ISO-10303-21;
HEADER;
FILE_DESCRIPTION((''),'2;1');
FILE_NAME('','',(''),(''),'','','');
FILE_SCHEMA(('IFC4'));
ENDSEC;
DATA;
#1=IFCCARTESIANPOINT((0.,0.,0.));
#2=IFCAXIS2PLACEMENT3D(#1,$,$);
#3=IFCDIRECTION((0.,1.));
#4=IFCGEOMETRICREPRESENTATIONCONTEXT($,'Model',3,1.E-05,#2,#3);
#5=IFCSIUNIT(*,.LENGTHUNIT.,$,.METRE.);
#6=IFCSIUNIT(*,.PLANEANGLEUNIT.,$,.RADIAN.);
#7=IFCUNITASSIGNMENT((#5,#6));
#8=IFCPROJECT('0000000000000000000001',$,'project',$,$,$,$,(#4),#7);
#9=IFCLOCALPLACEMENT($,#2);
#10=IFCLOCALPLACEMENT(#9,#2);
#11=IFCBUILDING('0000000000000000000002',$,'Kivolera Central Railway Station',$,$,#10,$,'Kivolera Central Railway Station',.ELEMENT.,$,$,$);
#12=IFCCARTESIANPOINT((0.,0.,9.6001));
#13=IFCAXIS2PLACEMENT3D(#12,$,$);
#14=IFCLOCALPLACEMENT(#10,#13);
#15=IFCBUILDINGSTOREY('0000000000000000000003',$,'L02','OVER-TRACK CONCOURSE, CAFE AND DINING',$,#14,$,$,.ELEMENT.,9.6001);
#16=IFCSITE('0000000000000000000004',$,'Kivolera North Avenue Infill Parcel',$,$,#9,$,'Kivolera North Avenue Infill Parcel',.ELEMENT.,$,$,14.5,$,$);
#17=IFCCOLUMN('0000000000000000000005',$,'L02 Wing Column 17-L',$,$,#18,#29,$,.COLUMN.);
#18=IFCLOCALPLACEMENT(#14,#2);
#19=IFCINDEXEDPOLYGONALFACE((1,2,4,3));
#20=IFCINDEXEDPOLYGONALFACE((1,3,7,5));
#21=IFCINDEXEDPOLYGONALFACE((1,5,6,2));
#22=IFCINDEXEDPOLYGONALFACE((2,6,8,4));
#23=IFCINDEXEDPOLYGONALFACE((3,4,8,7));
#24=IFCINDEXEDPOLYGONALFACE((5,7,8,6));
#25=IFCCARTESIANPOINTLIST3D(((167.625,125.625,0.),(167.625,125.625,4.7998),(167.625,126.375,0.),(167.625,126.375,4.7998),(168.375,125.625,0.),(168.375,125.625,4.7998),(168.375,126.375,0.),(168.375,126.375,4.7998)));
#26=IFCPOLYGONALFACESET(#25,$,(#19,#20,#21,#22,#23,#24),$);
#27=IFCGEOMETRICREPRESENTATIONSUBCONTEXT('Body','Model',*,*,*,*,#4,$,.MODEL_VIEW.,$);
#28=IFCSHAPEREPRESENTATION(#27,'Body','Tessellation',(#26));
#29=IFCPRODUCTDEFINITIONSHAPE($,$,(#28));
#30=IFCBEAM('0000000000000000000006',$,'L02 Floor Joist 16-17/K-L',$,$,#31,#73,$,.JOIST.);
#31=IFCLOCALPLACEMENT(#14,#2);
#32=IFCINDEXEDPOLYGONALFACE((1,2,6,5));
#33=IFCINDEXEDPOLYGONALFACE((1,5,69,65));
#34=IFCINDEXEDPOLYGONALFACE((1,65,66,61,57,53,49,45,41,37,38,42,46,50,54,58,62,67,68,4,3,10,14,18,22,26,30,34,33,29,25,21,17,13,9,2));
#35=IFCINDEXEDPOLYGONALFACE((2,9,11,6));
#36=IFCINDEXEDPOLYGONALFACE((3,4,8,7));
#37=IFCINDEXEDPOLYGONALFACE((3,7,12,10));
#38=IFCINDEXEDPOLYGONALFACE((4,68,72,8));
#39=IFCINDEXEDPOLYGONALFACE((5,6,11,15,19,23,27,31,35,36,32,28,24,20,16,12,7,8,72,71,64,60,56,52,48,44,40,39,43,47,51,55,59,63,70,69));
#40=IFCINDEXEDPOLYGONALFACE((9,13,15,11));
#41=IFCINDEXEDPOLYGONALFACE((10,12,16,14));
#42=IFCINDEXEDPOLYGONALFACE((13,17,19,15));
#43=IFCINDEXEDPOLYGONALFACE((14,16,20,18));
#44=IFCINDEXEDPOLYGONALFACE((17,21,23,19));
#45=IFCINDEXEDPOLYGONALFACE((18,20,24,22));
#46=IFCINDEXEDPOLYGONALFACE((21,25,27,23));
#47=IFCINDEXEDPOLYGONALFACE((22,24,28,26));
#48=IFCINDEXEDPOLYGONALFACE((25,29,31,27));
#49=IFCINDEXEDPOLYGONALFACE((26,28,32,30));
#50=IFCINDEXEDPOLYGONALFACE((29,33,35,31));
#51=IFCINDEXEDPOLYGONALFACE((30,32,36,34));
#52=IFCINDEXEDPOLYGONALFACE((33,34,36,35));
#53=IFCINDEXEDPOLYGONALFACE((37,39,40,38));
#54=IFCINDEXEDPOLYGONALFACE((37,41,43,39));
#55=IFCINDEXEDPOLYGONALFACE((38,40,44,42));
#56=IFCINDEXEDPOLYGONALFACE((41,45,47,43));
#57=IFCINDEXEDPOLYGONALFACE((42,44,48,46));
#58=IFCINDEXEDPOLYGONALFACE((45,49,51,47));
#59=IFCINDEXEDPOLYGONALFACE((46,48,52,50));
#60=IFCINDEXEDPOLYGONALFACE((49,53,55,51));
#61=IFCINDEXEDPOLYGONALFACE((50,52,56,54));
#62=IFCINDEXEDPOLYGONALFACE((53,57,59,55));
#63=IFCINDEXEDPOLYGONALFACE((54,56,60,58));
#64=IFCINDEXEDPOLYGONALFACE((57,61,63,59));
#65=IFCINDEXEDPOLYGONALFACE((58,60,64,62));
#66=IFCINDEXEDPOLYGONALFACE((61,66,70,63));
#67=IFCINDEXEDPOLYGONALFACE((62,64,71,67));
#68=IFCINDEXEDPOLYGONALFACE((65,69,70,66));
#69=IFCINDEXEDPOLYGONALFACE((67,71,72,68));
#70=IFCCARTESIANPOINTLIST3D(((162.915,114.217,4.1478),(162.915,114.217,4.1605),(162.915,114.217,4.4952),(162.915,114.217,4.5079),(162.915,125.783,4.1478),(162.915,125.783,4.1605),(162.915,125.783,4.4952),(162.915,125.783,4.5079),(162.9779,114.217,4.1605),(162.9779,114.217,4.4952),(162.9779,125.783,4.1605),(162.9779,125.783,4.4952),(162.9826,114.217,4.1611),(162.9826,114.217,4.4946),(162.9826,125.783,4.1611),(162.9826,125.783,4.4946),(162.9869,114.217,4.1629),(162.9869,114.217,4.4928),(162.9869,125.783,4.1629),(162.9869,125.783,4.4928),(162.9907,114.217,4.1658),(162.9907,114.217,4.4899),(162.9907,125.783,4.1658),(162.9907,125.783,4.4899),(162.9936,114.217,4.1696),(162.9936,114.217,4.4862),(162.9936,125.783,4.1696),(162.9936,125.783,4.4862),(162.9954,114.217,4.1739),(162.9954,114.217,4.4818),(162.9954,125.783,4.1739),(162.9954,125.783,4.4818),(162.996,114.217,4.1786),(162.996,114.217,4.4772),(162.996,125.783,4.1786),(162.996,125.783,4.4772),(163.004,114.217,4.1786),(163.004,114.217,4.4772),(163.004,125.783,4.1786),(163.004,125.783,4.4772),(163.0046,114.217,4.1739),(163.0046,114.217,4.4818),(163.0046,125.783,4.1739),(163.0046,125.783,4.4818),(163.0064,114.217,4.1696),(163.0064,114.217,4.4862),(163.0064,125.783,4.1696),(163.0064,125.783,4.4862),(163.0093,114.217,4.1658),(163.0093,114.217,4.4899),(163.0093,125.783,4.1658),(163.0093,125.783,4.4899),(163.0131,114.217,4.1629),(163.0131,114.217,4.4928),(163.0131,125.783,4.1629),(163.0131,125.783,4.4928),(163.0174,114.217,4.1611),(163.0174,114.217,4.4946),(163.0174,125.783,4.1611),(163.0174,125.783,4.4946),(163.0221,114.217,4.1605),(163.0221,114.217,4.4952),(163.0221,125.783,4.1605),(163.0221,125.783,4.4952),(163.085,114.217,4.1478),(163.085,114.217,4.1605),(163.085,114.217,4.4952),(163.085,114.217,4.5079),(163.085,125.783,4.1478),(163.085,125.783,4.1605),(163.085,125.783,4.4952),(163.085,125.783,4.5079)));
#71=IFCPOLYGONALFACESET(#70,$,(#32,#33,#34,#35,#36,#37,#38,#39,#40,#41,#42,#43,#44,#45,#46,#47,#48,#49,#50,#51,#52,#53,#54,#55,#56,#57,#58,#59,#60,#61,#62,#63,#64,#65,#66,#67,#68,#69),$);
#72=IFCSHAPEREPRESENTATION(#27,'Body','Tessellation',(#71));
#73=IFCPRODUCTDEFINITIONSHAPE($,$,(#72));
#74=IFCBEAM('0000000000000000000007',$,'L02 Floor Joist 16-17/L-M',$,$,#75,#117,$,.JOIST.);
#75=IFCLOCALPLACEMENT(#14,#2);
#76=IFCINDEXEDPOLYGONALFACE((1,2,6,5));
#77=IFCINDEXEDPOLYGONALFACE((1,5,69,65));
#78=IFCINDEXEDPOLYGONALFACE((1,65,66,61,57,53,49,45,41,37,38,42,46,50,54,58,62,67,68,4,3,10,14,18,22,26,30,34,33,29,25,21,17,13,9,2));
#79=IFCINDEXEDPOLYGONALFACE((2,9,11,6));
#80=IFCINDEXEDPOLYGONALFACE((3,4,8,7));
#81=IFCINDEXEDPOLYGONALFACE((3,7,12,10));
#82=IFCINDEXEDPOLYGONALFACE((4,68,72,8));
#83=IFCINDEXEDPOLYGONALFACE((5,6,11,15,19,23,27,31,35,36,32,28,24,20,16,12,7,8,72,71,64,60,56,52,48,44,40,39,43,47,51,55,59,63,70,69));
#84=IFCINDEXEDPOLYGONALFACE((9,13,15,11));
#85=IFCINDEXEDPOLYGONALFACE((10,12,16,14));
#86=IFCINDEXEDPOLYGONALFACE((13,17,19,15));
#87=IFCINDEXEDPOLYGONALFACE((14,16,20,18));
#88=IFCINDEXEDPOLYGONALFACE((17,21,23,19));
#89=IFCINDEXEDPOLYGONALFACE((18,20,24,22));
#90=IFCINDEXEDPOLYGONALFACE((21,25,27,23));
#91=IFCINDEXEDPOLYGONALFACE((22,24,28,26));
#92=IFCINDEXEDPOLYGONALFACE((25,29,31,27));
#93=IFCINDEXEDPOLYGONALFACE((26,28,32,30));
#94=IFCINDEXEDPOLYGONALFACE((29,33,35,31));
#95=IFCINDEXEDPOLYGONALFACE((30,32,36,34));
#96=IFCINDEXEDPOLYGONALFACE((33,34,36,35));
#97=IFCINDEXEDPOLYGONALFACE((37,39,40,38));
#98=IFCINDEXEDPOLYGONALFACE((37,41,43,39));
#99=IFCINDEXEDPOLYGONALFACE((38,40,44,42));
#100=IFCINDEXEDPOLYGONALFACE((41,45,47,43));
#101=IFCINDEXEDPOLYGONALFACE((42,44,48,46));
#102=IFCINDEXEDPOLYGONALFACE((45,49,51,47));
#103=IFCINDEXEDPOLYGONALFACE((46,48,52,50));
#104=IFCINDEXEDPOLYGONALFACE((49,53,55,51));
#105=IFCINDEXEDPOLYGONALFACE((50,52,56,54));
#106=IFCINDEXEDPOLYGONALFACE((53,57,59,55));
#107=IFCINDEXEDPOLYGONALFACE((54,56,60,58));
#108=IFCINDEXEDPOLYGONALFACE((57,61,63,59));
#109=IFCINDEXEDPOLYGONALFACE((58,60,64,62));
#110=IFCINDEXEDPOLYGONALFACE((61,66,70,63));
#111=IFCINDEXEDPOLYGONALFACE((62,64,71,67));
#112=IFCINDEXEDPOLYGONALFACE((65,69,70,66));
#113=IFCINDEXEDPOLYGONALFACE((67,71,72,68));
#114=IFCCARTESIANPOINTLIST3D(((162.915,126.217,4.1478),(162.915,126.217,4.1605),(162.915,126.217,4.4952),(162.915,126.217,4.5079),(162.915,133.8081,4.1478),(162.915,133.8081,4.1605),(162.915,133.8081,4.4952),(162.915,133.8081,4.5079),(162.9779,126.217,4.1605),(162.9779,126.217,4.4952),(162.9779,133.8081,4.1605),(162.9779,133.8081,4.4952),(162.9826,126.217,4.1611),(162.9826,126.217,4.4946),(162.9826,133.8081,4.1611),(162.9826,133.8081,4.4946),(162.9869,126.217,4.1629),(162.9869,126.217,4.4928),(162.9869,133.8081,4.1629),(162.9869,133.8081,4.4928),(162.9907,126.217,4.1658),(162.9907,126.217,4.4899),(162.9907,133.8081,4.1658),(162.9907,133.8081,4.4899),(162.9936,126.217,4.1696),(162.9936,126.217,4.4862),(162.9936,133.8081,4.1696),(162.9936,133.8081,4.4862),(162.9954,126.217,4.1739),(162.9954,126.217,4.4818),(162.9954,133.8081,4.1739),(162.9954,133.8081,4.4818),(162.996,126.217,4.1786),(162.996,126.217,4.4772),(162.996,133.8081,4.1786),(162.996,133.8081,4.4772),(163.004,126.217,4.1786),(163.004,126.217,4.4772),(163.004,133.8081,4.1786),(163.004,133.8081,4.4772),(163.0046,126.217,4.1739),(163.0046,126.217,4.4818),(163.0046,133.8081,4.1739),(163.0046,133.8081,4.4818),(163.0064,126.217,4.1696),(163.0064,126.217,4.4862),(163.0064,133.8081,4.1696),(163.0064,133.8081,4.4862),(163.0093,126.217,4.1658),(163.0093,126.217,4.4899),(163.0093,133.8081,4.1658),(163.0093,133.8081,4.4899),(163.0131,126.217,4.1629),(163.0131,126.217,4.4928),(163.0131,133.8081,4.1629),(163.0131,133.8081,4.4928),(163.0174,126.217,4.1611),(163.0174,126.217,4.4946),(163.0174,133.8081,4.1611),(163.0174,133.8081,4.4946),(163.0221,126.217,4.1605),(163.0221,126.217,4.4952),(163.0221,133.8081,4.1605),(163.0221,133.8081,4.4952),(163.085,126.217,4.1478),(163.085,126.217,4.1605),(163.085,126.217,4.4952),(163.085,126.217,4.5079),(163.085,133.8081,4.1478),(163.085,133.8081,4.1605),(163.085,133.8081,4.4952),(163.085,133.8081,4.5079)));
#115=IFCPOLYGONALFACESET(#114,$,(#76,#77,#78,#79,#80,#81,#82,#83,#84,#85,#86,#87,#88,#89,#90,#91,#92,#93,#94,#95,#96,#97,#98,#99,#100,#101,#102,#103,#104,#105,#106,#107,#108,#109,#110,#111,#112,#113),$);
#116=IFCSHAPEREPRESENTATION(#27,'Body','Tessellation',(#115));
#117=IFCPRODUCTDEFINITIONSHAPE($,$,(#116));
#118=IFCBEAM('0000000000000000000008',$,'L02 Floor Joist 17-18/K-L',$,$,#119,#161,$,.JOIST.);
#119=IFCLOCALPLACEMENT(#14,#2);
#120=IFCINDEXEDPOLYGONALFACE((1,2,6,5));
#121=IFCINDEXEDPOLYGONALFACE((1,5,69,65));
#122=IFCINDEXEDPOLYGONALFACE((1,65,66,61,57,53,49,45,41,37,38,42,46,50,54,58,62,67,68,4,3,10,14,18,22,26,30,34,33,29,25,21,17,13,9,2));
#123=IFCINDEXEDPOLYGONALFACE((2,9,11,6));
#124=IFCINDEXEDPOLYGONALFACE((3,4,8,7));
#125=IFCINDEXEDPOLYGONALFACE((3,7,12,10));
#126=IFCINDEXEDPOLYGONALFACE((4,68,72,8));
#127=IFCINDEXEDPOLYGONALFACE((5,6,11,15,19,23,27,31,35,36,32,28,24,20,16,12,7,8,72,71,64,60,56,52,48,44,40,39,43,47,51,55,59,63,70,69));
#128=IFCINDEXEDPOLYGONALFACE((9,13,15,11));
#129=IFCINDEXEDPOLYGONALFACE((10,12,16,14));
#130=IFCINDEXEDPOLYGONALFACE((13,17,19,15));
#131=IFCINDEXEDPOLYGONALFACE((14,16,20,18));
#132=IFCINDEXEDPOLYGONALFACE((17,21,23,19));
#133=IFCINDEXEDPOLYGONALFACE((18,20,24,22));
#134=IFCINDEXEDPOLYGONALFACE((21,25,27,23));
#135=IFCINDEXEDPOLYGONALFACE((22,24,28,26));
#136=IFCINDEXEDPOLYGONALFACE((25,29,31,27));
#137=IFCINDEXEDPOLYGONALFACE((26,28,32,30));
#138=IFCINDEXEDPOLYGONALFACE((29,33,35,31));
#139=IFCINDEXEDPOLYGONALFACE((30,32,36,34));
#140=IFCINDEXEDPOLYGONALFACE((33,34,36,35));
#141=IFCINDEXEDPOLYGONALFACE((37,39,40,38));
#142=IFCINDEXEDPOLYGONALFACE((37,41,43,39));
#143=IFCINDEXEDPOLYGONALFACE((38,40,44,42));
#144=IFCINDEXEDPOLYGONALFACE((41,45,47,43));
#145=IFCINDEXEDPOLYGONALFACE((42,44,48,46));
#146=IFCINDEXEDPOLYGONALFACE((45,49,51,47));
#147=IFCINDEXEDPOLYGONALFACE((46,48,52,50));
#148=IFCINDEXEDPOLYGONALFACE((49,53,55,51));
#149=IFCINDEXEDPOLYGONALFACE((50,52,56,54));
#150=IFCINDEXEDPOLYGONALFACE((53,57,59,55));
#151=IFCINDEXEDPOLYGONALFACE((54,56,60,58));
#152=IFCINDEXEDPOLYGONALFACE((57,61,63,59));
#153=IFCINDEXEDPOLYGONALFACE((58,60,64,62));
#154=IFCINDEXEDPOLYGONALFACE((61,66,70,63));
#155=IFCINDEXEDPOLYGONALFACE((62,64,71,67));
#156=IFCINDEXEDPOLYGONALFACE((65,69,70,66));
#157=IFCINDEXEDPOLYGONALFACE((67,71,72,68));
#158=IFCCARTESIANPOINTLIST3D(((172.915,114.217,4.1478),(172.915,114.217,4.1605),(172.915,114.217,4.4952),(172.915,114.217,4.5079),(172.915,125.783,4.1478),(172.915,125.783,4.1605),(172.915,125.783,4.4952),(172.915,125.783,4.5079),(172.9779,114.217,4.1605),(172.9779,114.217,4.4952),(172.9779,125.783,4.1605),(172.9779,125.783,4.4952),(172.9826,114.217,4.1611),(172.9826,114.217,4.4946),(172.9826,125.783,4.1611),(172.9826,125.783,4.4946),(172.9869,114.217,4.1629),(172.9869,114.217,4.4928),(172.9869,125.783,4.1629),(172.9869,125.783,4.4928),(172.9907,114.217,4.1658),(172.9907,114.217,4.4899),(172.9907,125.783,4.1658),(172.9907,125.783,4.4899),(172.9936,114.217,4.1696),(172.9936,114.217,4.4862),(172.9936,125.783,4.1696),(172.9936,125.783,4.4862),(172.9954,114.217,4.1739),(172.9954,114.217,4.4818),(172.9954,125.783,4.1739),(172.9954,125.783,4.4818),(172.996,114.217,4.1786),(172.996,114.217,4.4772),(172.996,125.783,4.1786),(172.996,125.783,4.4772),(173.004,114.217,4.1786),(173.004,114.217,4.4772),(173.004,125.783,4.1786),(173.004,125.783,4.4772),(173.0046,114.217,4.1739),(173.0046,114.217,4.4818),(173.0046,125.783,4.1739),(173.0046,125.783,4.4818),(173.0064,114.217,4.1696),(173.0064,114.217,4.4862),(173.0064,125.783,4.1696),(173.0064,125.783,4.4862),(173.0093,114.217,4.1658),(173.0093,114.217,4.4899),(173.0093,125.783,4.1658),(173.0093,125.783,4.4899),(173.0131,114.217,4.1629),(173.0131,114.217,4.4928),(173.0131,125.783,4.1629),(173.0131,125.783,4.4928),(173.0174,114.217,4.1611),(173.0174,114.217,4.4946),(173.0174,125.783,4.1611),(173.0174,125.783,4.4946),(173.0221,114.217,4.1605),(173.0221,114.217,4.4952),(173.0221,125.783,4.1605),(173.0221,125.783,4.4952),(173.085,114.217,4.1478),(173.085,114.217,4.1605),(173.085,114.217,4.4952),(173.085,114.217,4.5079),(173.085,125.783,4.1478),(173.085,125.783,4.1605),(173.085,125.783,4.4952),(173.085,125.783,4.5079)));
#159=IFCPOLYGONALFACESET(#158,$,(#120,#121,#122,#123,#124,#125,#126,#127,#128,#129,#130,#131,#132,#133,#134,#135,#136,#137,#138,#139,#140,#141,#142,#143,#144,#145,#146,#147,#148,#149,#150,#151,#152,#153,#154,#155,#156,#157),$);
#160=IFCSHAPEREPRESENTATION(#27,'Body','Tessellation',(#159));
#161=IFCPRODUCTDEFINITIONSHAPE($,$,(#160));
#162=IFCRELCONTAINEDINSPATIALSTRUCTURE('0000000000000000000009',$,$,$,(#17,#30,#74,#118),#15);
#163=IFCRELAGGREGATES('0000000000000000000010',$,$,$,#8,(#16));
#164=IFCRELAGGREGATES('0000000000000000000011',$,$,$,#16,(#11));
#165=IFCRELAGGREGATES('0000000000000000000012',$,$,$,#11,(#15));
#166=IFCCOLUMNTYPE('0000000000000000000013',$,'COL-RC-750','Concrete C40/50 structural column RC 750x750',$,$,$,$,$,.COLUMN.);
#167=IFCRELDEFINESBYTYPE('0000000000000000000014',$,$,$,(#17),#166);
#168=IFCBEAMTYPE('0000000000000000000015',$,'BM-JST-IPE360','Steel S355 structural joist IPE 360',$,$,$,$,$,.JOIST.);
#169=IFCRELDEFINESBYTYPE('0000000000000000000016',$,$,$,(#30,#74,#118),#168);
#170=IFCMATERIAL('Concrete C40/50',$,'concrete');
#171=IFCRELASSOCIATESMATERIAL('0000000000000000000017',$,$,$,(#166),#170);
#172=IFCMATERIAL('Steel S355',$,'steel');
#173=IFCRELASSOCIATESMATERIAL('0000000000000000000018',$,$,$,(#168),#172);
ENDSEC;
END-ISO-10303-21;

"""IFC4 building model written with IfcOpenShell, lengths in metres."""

from ifc_helpers import new_model, si_unit, direction, frame, origin, origin_2d, place, context, subcontext, project, spatial, rectangle, i_section, extrude, material, material_profile, profile_set, type_object, element, save


model = new_model("IFC4")

# Units and contexts
model_context = context("Model", 3, precision=1e-05, world=origin(), true_north=direction((0.0, 1.0)))
body_context = subcontext(model_context, "Body", "Model", "MODEL_VIEW")
ifc_project = project(units=[si_unit("LENGTHUNIT", "METRE"), si_unit("PLANEANGLEUNIT", "RADIAN")], contexts=[model_context])

# Site, building, storey
site_placement = place(None, origin())
site = spatial("IfcSite", under=ifc_project, at=site_placement, Name="Kivolera North Avenue Infill Parcel", LongName="Kivolera North Avenue Infill Parcel", CompositionType="ELEMENT", RefElevation=14.5)
building_placement = place(site_placement, origin())
building = spatial("IfcBuilding", under=site, at=building_placement, Name="Kivolera Central Railway Station", LongName="Kivolera Central Railway Station", CompositionType="ELEMENT")
storey_placement = place(building_placement, frame((0.0, 0.0, 9.6001)))
storey = spatial("IfcBuildingStorey", under=building, at=storey_placement, Name="L02", Description="OVER-TRACK CONCOURSE, CAFE AND DINING", CompositionType="ELEMENT", Elevation=9.6001)

# Column
ifc_material_1 = material(Name="Concrete C40/50", Category="concrete")
ifc_material_profile_1 = material_profile(ifc_material_1, rectangle(XDim=0.75, YDim=0.75, at=origin_2d()), Name="RC 750x750")
ifc_profile_set_1 = profile_set([ifc_material_profile_1], Name="Concrete C40/50")
column_type = type_object("IfcColumnType", Name="COL-RC-750", Description="Concrete C40/50 structural column RC 750x750", PredefinedType="COLUMN", material=ifc_profile_set_1)
column_placement = place(storey_placement, frame((168.0, 126.0, 0.0), z_axis=(0.0, 0.0, 1.0), x_axis=(1.0, 0.0, 0.0)))
element("IfcColumn", 1, at=column_placement, inside=storey, type_object=column_type, Name="L02 Wing Column 17-L", PredefinedType="COLUMN", context=body_context, shape_type="SweptSolid", body=[
    extrude(rectangle(XDim=0.75, YDim=0.75, at=origin_2d()), origin(), (0.0, 0.0, 1.0), 4.7998),
])

# Beams
ifc_material_2 = material(Name="Steel S355", Category="steel")
ifc_material_profile_2 = material_profile(ifc_material_2, i_section(OverallWidth=0.1699, OverallDepth=0.3601, WebThickness=0.0081, FlangeThickness=0.0127, FilletRadius=0.0181, at=origin_2d()), Name="IPE 360")
ifc_profile_set_2 = profile_set([ifc_material_profile_2], Name="Steel S355")
beam_type_1 = type_object("IfcBeamType", Name="BM-JST-IPE360", Description="Steel S355 structural joist IPE 360", PredefinedType="JOIST", material=ifc_profile_set_2)
beam_1_placement = place(storey_placement, frame((163.0, 114.217, 4.3279), z_axis=(0.0, 1.0, 0.0), x_axis=(-1.0, 0.0, 0.0)))
element("IfcBeam", 2, at=beam_1_placement, inside=storey, type_object=beam_type_1, Name="L02 Floor Joist 16-17/K-L", PredefinedType="JOIST", context=body_context, shape_type="SweptSolid", body=[
    extrude(i_section(OverallWidth=0.1699, OverallDepth=0.3601, WebThickness=0.0081, FlangeThickness=0.0127, FilletRadius=0.0181, at=origin_2d()), origin(), (0.0, 0.0, 1.0), 11.5659),
])
beam_2_placement = place(storey_placement, frame((163.0, 126.217, 4.3279), z_axis=(0.0, 1.0, 0.0), x_axis=(-1.0, 0.0, 0.0)))
element("IfcBeam", 3, at=beam_2_placement, inside=storey, type_object=beam_type_1, Name="L02 Floor Joist 16-17/L-M", PredefinedType="JOIST", context=body_context, shape_type="SweptSolid", body=[
    extrude(i_section(OverallWidth=0.1699, OverallDepth=0.3601, WebThickness=0.0081, FlangeThickness=0.0127, FilletRadius=0.0181, at=origin_2d()), origin(), (0.0, 0.0, 1.0), 7.5911),
])
beam_3_placement = place(storey_placement, frame((173.0, 114.217, 4.3279), z_axis=(0.0, 1.0, 0.0), x_axis=(-1.0, 0.0, 0.0)))
element("IfcBeam", 4, at=beam_3_placement, inside=storey, type_object=beam_type_1, Name="L02 Floor Joist 17-18/K-L", PredefinedType="JOIST", context=body_context, shape_type="SweptSolid", body=[
    extrude(i_section(OverallWidth=0.1699, OverallDepth=0.3601, WebThickness=0.0081, FlangeThickness=0.0127, FilletRadius=0.0181, at=origin_2d()), origin(), (0.0, 0.0, 1.0), 11.5659),
])

save(model, "model.ifc")
